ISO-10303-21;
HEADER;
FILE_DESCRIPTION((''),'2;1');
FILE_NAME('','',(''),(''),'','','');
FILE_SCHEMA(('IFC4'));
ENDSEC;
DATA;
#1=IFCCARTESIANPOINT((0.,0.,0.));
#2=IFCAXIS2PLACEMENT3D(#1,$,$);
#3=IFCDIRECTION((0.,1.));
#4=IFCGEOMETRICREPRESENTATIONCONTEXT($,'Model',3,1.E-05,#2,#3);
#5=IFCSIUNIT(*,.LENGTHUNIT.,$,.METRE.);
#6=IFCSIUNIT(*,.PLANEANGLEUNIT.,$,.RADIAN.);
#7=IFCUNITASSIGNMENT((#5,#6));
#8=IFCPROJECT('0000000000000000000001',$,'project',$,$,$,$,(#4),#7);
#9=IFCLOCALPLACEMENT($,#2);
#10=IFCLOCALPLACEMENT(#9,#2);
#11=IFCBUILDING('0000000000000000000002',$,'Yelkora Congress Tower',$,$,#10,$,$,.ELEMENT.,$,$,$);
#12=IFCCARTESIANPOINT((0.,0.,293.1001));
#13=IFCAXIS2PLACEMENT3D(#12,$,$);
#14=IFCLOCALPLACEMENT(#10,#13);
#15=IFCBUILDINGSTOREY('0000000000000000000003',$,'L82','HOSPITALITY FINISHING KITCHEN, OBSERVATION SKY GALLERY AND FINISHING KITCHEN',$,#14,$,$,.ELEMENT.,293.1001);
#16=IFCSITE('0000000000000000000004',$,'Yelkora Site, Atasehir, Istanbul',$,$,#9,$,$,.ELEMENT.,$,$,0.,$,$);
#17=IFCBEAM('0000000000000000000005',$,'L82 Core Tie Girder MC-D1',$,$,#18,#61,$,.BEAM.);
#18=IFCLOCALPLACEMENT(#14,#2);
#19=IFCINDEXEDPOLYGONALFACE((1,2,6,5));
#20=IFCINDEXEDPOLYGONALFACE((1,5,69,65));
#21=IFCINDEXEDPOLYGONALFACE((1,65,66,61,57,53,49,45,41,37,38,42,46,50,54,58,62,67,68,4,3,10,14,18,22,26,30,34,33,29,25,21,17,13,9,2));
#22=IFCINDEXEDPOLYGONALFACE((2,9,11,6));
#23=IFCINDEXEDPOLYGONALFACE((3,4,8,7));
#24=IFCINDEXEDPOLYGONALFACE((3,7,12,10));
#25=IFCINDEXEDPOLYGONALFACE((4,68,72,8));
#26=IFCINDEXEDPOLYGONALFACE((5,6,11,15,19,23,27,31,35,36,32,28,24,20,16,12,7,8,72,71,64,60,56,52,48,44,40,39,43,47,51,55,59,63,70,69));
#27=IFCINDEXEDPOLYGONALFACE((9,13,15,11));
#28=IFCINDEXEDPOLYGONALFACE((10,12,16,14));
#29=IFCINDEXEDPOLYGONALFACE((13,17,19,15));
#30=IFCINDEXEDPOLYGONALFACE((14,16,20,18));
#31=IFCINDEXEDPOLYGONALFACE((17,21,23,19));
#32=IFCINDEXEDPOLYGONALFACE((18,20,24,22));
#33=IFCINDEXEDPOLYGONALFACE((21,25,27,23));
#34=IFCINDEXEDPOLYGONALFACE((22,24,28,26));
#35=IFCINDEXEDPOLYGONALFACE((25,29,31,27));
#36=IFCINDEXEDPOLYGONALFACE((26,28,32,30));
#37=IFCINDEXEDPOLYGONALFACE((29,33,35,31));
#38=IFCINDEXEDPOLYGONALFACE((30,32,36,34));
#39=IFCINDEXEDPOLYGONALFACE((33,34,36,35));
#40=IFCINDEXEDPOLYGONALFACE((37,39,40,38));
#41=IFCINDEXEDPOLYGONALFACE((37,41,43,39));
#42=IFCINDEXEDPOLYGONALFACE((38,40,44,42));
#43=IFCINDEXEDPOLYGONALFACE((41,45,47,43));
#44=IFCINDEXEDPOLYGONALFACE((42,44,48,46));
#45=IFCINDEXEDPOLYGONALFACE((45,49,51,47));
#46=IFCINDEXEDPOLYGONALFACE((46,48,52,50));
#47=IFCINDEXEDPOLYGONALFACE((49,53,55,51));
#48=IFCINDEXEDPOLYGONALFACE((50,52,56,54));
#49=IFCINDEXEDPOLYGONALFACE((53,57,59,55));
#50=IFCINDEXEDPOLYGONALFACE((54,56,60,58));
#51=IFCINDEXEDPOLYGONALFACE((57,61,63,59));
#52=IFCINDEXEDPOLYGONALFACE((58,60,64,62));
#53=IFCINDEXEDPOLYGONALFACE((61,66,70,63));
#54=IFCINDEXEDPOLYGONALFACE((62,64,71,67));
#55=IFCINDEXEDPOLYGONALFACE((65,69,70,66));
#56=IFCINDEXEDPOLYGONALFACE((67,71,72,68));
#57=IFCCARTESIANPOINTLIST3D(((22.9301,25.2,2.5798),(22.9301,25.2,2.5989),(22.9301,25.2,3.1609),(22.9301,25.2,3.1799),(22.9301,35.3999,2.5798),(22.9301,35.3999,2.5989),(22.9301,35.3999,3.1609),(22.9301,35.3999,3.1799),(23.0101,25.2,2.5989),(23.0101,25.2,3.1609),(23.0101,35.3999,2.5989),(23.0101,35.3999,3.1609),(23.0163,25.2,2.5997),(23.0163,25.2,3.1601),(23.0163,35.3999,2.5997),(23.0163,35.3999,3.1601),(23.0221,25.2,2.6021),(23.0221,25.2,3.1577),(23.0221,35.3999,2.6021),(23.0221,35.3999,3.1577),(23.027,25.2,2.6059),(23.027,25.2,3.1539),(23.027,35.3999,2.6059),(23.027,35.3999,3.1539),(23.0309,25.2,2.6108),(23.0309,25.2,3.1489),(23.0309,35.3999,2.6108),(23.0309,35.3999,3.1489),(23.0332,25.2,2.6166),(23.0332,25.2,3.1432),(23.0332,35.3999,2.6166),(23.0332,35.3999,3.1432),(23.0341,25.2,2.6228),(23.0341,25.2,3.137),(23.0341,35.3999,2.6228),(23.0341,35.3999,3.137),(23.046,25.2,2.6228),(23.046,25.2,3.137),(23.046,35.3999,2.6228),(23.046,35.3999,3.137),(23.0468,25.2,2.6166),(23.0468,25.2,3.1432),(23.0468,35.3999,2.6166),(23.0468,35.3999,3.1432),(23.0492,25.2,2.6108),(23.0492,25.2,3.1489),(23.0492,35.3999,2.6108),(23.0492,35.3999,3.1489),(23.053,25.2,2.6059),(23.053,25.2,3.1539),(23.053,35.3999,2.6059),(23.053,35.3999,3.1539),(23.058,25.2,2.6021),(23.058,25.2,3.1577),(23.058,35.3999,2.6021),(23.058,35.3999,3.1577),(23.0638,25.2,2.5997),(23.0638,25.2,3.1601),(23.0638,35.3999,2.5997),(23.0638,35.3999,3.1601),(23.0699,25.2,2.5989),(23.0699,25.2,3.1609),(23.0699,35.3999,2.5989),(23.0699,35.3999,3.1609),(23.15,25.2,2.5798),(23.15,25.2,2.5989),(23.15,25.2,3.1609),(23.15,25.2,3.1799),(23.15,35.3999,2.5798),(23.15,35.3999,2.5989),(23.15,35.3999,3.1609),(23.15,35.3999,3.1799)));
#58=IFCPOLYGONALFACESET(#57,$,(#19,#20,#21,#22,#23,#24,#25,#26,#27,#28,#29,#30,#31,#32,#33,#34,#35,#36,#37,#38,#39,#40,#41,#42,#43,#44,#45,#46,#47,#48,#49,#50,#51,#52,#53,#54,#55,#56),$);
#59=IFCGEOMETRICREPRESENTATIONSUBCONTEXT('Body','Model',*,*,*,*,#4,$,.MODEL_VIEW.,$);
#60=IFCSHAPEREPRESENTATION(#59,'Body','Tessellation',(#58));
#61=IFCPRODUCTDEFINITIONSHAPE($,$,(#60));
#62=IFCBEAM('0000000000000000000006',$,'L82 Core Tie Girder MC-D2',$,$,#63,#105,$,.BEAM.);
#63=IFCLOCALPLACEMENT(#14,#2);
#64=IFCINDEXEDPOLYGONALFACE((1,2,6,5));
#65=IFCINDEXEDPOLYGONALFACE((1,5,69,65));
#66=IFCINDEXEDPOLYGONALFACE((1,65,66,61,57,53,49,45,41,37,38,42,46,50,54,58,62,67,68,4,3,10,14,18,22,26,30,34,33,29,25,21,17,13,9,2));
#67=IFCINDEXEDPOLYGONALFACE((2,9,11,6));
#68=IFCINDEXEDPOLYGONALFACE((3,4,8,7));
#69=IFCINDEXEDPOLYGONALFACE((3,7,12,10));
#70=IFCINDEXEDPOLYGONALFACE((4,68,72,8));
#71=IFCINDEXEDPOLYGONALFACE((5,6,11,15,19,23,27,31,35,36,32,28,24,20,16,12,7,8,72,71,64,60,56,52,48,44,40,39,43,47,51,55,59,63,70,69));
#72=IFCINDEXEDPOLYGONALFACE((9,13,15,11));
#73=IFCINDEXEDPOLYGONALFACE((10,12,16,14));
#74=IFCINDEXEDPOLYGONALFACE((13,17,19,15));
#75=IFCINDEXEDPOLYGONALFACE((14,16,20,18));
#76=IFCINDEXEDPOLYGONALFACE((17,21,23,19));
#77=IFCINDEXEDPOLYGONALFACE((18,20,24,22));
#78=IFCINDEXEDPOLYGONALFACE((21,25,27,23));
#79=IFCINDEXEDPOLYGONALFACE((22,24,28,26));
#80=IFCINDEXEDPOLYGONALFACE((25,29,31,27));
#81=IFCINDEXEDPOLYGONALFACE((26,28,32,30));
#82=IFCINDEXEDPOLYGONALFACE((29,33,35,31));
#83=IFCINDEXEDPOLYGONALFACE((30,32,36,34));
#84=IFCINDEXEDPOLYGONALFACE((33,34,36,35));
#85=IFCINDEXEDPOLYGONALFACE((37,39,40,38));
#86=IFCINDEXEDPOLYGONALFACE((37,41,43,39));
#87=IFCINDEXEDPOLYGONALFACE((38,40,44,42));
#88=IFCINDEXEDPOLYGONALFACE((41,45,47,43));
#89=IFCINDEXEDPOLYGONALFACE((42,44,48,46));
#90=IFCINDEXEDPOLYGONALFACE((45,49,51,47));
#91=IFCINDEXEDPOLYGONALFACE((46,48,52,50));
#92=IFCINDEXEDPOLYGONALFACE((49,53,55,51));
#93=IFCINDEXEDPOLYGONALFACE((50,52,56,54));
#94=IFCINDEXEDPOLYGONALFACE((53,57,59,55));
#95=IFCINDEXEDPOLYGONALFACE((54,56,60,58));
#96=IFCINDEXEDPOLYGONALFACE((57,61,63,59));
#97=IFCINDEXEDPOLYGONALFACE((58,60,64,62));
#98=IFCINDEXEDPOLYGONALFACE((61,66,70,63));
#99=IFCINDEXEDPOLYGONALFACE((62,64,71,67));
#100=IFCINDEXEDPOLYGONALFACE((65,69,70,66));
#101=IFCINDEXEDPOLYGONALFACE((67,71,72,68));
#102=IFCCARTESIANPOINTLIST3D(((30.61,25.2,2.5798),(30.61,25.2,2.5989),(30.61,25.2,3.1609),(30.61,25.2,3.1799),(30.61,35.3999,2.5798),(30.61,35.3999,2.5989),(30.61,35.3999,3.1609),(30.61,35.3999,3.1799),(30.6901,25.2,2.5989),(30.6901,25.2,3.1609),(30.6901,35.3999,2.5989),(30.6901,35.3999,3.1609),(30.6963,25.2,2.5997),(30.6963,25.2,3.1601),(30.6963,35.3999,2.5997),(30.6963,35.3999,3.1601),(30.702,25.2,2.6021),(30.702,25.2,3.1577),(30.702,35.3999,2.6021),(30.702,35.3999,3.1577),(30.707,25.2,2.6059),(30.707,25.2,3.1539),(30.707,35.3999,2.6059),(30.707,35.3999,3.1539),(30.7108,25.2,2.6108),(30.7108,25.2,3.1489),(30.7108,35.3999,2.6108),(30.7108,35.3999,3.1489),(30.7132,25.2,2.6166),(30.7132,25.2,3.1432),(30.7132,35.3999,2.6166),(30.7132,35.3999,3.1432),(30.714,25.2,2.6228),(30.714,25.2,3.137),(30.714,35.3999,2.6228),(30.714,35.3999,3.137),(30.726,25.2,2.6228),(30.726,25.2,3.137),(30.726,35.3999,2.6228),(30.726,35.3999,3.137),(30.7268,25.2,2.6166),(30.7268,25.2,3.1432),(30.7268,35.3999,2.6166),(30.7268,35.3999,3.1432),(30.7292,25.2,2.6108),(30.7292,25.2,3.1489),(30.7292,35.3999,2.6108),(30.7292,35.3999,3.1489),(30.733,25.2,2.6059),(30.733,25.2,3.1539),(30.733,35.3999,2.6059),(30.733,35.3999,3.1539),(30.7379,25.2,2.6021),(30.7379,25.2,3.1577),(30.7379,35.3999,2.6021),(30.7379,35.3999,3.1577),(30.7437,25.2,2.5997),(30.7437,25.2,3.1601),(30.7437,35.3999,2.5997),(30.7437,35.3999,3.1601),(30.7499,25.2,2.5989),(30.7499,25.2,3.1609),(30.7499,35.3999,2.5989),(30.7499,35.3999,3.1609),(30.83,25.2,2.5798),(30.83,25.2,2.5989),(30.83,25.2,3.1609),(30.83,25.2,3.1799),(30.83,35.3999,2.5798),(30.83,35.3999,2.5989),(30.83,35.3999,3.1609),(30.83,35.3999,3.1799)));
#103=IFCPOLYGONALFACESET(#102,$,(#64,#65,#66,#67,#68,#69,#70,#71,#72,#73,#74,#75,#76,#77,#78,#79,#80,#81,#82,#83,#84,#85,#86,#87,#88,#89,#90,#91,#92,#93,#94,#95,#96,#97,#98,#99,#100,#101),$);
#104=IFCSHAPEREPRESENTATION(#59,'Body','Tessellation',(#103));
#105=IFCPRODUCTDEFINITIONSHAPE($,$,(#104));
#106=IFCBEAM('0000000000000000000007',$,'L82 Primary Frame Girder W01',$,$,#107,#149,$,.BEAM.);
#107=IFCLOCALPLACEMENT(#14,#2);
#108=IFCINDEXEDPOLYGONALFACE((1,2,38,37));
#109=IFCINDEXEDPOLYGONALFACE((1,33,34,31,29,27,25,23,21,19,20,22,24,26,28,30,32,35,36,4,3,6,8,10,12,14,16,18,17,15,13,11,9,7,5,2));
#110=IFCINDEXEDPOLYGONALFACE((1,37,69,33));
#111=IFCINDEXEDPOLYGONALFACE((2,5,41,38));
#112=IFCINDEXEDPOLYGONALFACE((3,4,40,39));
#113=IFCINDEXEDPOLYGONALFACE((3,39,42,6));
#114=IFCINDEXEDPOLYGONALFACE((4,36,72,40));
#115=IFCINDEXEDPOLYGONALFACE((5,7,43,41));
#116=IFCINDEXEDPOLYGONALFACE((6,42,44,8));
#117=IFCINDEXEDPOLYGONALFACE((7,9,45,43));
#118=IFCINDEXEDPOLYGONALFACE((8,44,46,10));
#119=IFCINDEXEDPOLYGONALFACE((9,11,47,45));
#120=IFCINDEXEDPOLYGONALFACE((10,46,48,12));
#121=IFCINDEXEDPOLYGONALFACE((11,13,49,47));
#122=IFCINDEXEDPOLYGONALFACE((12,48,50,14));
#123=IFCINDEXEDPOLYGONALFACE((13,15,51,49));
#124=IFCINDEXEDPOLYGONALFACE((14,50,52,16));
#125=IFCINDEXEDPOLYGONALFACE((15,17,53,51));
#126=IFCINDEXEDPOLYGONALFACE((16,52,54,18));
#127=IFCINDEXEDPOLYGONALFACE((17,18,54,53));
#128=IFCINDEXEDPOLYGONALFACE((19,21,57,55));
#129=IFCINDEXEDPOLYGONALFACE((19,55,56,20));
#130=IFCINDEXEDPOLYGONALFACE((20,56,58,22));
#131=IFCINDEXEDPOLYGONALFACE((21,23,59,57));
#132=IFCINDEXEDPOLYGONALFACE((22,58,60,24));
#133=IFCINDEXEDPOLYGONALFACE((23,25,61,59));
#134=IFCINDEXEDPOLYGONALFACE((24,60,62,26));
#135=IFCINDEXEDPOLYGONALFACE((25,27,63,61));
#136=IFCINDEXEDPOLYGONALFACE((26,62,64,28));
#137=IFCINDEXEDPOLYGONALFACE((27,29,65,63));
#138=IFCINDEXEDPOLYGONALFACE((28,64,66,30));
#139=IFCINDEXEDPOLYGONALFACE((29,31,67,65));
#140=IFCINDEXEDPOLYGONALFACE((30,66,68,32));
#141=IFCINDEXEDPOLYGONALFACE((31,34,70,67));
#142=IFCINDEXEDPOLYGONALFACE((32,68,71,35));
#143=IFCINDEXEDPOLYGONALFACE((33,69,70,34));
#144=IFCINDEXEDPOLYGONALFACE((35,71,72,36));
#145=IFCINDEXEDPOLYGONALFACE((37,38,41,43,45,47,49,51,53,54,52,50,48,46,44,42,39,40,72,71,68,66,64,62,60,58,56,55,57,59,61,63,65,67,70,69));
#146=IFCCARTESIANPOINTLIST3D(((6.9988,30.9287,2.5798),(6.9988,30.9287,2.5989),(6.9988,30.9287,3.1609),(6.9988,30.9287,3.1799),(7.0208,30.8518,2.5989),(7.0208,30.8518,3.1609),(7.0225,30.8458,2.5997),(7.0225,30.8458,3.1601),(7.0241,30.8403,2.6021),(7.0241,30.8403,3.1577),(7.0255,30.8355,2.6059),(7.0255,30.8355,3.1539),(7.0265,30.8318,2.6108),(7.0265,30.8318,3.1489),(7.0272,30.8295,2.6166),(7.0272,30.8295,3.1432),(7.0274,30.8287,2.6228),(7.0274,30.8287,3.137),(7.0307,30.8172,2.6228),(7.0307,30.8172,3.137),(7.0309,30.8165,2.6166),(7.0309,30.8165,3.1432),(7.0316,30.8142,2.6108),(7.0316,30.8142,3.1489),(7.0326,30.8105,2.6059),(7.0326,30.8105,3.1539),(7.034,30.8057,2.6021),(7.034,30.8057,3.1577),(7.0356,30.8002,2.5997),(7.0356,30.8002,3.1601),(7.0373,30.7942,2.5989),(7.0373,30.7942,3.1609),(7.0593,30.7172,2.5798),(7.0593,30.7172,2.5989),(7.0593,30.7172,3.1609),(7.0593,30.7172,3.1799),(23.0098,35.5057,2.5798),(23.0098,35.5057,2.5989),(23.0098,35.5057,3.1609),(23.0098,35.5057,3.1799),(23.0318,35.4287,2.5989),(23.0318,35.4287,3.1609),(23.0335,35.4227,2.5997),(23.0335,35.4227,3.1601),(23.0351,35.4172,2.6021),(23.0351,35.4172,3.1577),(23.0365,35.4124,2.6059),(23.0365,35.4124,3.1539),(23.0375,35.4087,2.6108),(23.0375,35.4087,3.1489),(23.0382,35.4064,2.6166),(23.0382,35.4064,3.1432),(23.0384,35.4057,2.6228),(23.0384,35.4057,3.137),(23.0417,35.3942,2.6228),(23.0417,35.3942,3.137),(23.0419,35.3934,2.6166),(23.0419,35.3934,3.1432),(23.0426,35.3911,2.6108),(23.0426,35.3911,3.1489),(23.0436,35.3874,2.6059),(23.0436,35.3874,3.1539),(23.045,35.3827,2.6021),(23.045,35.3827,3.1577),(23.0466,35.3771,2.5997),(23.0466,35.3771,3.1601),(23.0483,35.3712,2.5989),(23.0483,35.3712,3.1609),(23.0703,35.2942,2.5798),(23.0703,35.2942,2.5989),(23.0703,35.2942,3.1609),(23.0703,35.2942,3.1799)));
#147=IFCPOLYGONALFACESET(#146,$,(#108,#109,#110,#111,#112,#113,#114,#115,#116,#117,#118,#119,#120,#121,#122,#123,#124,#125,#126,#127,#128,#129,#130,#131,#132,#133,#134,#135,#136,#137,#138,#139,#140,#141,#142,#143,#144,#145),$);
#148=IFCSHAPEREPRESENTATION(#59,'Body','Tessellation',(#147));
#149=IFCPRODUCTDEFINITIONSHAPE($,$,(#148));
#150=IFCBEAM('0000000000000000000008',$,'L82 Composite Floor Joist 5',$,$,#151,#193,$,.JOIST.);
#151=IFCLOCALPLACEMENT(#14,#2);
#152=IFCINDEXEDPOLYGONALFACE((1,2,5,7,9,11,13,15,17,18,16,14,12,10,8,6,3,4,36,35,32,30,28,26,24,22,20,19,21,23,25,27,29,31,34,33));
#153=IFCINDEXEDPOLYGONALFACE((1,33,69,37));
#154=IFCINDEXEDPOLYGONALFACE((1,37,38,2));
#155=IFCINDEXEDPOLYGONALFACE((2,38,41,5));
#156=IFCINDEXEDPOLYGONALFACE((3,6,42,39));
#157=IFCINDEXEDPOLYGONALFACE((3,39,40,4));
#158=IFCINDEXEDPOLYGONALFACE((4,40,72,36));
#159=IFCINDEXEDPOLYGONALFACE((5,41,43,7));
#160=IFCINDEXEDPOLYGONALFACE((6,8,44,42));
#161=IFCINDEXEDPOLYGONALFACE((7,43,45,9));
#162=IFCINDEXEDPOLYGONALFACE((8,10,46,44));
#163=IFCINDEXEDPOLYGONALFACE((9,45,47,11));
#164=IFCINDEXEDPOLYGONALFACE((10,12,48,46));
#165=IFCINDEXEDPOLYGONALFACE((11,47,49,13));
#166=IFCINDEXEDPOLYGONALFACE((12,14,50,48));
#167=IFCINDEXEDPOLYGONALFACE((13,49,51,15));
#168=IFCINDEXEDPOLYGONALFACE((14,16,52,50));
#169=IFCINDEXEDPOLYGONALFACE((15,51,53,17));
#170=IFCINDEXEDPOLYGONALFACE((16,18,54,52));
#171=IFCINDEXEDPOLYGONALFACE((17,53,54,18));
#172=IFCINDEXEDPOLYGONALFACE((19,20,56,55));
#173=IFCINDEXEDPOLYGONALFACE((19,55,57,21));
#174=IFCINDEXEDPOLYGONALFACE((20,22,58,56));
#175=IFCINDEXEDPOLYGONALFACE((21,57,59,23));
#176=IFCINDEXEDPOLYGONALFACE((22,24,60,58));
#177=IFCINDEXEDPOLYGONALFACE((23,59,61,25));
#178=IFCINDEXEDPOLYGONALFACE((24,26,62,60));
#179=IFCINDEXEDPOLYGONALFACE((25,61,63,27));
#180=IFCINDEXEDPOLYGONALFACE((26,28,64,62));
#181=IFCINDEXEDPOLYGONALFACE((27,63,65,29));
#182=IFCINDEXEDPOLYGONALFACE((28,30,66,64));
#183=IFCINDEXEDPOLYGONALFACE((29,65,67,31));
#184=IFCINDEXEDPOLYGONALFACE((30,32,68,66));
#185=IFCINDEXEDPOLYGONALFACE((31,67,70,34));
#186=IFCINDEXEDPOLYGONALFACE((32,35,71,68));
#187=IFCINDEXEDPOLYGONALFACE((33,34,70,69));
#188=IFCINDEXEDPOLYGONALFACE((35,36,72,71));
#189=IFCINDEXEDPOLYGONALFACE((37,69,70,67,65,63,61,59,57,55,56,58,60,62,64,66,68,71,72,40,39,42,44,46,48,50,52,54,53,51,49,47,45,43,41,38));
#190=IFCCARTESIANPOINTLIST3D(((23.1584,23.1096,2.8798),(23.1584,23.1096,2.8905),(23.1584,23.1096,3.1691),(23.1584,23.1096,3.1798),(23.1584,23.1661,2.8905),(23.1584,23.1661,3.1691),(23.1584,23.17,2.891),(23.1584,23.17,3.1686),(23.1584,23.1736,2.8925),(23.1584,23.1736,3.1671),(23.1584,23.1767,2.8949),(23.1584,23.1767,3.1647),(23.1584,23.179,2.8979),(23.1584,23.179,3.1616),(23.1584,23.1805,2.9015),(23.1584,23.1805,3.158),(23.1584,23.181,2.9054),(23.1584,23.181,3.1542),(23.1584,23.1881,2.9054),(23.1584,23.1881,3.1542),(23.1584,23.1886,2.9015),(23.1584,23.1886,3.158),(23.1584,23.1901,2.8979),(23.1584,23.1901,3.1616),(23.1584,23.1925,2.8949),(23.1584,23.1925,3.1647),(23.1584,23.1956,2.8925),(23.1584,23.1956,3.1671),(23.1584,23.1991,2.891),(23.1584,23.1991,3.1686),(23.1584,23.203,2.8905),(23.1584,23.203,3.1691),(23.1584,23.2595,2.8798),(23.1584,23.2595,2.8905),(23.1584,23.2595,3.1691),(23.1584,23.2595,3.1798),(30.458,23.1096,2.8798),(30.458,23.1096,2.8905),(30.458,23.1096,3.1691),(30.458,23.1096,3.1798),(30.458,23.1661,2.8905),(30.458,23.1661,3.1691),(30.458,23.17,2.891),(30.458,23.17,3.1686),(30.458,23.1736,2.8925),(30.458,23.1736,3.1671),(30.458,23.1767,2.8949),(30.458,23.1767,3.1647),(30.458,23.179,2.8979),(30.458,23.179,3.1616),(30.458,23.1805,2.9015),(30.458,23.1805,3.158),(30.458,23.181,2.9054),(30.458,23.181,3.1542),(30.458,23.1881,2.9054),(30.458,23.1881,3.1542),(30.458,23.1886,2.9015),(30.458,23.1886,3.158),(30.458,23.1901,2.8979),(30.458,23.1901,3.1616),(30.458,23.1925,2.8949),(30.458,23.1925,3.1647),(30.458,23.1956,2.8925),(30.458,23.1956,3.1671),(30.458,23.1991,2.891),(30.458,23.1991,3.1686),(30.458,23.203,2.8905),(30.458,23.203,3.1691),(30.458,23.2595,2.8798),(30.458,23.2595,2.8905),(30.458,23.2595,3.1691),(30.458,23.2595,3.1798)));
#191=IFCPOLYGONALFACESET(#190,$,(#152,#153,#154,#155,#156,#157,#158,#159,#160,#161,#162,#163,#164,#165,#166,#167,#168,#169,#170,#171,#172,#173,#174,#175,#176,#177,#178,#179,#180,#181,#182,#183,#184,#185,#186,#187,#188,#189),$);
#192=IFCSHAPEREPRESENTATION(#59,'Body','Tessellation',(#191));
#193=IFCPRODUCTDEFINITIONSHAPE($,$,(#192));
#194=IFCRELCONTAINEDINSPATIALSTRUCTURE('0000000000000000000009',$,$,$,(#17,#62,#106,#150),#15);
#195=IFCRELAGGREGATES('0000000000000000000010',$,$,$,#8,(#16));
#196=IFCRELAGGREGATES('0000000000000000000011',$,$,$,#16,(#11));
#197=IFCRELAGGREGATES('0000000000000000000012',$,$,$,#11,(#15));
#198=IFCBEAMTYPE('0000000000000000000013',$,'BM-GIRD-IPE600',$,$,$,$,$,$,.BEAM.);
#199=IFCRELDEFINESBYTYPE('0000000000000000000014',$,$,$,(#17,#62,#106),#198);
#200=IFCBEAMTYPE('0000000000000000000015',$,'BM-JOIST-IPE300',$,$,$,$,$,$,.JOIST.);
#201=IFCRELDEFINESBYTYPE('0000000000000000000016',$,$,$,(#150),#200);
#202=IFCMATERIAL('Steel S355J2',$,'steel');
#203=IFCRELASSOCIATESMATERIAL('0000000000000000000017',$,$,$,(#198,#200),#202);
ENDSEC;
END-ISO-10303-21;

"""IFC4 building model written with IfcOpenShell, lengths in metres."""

from ifc_helpers import new_model, si_unit, direction, frame, origin, origin_2d, place, context, subcontext, project, spatial, i_section, extrude, material, material_profile, profile_set, type_object, element, save


model = new_model("IFC4")

# Units and contexts
model_context = context("Model", 3, precision=1e-05, world=origin(), true_north=direction((0.0, 1.0)))
body_context = subcontext(model_context, "Body", "Model", "MODEL_VIEW")
ifc_project = project(units=[si_unit("LENGTHUNIT", "METRE"), si_unit("PLANEANGLEUNIT", "RADIAN")], contexts=[model_context])

# Site, building, storey
site_placement = place(None, origin())
site = spatial("IfcSite", under=ifc_project, at=site_placement, Name="Yelkora Site, Atasehir, Istanbul", CompositionType="ELEMENT", RefElevation=0.0)
building_placement = place(site_placement, origin())
building = spatial("IfcBuilding", under=site, at=building_placement, Name="Yelkora Congress Tower", CompositionType="ELEMENT")
storey_placement = place(building_placement, frame((0.0, 0.0, 293.1001)))
storey = spatial("IfcBuildingStorey", under=building, at=storey_placement, Name="L82", Description="HOSPITALITY FINISHING KITCHEN, OBSERVATION SKY GALLERY AND FINISHING KITCHEN", CompositionType="ELEMENT", Elevation=293.1001)

# Beams
ifc_material_1 = material(Name="Steel S355J2", Category="steel")
ifc_material_profile_1 = material_profile(ifc_material_1, i_section(OverallWidth=0.22, OverallDepth=0.6001, WebThickness=0.012, FlangeThickness=0.019, FilletRadius=0.0239, at=origin_2d()), Name="IPE 600")
ifc_profile_set_1 = profile_set([ifc_material_profile_1], Name="Steel S355J2")
beam_type_1 = type_object("IfcBeamType", Name="BM-GIRD-IPE600", PredefinedType="BEAM", material=ifc_profile_set_1)
for number, where, z_axis, x_axis, name in (
    (1, (23.04, 25.2, 2.8799), (0.0, 1.0, 0.0), (-1.0, 0.0, 0.0), "L82 Core Tie Girder MC-D1"),
    (2, (30.72, 25.2, 2.8799), (0.0, 1.0, 0.0), (-1.0, 0.0, 0.0), "L82 Core Tie Girder MC-D2"),
):
    element("IfcBeam", number, at=place(storey_placement, frame(where, z_axis=z_axis, x_axis=x_axis)), inside=storey, type_object=beam_type_1, Name=name, PredefinedType="BEAM", context=body_context, shape_type="SweptSolid", body=[
        extrude(i_section(OverallWidth=0.22, OverallDepth=0.6001, WebThickness=0.012, FlangeThickness=0.019, FilletRadius=0.0239, at=origin_2d()), origin(), (0.0, 0.0, 1.0), 10.2),
    ])
beam_1_placement = place(storey_placement, frame((7.0291, 30.823, 2.8799), z_axis=(0.961487, 0.274851, 0.0), x_axis=(-0.274851, 0.961487, 0.0)))
element("IfcBeam", 3, at=beam_1_placement, inside=storey, type_object=beam_type_1, Name="L82 Primary Frame Girder W01", PredefinedType="BEAM", context=body_context, shape_type="SweptSolid", body=[
    extrude(i_section(OverallWidth=0.22, OverallDepth=0.6001, WebThickness=0.012, FlangeThickness=0.019, FilletRadius=0.0239, at=origin_2d()), origin(), (0.0, 0.0, 1.0), 16.6523),
])
ifc_material_profile_2 = material_profile(ifc_material_1, i_section(OverallWidth=0.1499, OverallDepth=0.3, WebThickness=0.0071, FlangeThickness=0.0107, FilletRadius=0.0149, at=origin_2d()), Name="IPE 300")
ifc_profile_set_2 = profile_set([ifc_material_profile_2], Name="Steel S355J2")
beam_type_2 = type_object("IfcBeamType", Name="BM-JOIST-IPE300", PredefinedType="JOIST", material=ifc_profile_set_2)
beam_2_placement = place(storey_placement, frame((23.1584, 23.1846, 3.0298), z_axis=(1.0, 0.0, 0.0), x_axis=(0.0, 1.0, 0.0)))
element("IfcBeam", 4, at=beam_2_placement, inside=storey, type_object=beam_type_2, Name="L82 Composite Floor Joist 5", PredefinedType="JOIST", context=body_context, shape_type="SweptSolid", body=[
    extrude(i_section(OverallWidth=0.1499, OverallDepth=0.3, WebThickness=0.0071, FlangeThickness=0.0107, FilletRadius=0.0149, at=origin_2d()), origin(), (0.0, 0.0, 1.0), 7.2996),
])

save(model, "model.ifc")
